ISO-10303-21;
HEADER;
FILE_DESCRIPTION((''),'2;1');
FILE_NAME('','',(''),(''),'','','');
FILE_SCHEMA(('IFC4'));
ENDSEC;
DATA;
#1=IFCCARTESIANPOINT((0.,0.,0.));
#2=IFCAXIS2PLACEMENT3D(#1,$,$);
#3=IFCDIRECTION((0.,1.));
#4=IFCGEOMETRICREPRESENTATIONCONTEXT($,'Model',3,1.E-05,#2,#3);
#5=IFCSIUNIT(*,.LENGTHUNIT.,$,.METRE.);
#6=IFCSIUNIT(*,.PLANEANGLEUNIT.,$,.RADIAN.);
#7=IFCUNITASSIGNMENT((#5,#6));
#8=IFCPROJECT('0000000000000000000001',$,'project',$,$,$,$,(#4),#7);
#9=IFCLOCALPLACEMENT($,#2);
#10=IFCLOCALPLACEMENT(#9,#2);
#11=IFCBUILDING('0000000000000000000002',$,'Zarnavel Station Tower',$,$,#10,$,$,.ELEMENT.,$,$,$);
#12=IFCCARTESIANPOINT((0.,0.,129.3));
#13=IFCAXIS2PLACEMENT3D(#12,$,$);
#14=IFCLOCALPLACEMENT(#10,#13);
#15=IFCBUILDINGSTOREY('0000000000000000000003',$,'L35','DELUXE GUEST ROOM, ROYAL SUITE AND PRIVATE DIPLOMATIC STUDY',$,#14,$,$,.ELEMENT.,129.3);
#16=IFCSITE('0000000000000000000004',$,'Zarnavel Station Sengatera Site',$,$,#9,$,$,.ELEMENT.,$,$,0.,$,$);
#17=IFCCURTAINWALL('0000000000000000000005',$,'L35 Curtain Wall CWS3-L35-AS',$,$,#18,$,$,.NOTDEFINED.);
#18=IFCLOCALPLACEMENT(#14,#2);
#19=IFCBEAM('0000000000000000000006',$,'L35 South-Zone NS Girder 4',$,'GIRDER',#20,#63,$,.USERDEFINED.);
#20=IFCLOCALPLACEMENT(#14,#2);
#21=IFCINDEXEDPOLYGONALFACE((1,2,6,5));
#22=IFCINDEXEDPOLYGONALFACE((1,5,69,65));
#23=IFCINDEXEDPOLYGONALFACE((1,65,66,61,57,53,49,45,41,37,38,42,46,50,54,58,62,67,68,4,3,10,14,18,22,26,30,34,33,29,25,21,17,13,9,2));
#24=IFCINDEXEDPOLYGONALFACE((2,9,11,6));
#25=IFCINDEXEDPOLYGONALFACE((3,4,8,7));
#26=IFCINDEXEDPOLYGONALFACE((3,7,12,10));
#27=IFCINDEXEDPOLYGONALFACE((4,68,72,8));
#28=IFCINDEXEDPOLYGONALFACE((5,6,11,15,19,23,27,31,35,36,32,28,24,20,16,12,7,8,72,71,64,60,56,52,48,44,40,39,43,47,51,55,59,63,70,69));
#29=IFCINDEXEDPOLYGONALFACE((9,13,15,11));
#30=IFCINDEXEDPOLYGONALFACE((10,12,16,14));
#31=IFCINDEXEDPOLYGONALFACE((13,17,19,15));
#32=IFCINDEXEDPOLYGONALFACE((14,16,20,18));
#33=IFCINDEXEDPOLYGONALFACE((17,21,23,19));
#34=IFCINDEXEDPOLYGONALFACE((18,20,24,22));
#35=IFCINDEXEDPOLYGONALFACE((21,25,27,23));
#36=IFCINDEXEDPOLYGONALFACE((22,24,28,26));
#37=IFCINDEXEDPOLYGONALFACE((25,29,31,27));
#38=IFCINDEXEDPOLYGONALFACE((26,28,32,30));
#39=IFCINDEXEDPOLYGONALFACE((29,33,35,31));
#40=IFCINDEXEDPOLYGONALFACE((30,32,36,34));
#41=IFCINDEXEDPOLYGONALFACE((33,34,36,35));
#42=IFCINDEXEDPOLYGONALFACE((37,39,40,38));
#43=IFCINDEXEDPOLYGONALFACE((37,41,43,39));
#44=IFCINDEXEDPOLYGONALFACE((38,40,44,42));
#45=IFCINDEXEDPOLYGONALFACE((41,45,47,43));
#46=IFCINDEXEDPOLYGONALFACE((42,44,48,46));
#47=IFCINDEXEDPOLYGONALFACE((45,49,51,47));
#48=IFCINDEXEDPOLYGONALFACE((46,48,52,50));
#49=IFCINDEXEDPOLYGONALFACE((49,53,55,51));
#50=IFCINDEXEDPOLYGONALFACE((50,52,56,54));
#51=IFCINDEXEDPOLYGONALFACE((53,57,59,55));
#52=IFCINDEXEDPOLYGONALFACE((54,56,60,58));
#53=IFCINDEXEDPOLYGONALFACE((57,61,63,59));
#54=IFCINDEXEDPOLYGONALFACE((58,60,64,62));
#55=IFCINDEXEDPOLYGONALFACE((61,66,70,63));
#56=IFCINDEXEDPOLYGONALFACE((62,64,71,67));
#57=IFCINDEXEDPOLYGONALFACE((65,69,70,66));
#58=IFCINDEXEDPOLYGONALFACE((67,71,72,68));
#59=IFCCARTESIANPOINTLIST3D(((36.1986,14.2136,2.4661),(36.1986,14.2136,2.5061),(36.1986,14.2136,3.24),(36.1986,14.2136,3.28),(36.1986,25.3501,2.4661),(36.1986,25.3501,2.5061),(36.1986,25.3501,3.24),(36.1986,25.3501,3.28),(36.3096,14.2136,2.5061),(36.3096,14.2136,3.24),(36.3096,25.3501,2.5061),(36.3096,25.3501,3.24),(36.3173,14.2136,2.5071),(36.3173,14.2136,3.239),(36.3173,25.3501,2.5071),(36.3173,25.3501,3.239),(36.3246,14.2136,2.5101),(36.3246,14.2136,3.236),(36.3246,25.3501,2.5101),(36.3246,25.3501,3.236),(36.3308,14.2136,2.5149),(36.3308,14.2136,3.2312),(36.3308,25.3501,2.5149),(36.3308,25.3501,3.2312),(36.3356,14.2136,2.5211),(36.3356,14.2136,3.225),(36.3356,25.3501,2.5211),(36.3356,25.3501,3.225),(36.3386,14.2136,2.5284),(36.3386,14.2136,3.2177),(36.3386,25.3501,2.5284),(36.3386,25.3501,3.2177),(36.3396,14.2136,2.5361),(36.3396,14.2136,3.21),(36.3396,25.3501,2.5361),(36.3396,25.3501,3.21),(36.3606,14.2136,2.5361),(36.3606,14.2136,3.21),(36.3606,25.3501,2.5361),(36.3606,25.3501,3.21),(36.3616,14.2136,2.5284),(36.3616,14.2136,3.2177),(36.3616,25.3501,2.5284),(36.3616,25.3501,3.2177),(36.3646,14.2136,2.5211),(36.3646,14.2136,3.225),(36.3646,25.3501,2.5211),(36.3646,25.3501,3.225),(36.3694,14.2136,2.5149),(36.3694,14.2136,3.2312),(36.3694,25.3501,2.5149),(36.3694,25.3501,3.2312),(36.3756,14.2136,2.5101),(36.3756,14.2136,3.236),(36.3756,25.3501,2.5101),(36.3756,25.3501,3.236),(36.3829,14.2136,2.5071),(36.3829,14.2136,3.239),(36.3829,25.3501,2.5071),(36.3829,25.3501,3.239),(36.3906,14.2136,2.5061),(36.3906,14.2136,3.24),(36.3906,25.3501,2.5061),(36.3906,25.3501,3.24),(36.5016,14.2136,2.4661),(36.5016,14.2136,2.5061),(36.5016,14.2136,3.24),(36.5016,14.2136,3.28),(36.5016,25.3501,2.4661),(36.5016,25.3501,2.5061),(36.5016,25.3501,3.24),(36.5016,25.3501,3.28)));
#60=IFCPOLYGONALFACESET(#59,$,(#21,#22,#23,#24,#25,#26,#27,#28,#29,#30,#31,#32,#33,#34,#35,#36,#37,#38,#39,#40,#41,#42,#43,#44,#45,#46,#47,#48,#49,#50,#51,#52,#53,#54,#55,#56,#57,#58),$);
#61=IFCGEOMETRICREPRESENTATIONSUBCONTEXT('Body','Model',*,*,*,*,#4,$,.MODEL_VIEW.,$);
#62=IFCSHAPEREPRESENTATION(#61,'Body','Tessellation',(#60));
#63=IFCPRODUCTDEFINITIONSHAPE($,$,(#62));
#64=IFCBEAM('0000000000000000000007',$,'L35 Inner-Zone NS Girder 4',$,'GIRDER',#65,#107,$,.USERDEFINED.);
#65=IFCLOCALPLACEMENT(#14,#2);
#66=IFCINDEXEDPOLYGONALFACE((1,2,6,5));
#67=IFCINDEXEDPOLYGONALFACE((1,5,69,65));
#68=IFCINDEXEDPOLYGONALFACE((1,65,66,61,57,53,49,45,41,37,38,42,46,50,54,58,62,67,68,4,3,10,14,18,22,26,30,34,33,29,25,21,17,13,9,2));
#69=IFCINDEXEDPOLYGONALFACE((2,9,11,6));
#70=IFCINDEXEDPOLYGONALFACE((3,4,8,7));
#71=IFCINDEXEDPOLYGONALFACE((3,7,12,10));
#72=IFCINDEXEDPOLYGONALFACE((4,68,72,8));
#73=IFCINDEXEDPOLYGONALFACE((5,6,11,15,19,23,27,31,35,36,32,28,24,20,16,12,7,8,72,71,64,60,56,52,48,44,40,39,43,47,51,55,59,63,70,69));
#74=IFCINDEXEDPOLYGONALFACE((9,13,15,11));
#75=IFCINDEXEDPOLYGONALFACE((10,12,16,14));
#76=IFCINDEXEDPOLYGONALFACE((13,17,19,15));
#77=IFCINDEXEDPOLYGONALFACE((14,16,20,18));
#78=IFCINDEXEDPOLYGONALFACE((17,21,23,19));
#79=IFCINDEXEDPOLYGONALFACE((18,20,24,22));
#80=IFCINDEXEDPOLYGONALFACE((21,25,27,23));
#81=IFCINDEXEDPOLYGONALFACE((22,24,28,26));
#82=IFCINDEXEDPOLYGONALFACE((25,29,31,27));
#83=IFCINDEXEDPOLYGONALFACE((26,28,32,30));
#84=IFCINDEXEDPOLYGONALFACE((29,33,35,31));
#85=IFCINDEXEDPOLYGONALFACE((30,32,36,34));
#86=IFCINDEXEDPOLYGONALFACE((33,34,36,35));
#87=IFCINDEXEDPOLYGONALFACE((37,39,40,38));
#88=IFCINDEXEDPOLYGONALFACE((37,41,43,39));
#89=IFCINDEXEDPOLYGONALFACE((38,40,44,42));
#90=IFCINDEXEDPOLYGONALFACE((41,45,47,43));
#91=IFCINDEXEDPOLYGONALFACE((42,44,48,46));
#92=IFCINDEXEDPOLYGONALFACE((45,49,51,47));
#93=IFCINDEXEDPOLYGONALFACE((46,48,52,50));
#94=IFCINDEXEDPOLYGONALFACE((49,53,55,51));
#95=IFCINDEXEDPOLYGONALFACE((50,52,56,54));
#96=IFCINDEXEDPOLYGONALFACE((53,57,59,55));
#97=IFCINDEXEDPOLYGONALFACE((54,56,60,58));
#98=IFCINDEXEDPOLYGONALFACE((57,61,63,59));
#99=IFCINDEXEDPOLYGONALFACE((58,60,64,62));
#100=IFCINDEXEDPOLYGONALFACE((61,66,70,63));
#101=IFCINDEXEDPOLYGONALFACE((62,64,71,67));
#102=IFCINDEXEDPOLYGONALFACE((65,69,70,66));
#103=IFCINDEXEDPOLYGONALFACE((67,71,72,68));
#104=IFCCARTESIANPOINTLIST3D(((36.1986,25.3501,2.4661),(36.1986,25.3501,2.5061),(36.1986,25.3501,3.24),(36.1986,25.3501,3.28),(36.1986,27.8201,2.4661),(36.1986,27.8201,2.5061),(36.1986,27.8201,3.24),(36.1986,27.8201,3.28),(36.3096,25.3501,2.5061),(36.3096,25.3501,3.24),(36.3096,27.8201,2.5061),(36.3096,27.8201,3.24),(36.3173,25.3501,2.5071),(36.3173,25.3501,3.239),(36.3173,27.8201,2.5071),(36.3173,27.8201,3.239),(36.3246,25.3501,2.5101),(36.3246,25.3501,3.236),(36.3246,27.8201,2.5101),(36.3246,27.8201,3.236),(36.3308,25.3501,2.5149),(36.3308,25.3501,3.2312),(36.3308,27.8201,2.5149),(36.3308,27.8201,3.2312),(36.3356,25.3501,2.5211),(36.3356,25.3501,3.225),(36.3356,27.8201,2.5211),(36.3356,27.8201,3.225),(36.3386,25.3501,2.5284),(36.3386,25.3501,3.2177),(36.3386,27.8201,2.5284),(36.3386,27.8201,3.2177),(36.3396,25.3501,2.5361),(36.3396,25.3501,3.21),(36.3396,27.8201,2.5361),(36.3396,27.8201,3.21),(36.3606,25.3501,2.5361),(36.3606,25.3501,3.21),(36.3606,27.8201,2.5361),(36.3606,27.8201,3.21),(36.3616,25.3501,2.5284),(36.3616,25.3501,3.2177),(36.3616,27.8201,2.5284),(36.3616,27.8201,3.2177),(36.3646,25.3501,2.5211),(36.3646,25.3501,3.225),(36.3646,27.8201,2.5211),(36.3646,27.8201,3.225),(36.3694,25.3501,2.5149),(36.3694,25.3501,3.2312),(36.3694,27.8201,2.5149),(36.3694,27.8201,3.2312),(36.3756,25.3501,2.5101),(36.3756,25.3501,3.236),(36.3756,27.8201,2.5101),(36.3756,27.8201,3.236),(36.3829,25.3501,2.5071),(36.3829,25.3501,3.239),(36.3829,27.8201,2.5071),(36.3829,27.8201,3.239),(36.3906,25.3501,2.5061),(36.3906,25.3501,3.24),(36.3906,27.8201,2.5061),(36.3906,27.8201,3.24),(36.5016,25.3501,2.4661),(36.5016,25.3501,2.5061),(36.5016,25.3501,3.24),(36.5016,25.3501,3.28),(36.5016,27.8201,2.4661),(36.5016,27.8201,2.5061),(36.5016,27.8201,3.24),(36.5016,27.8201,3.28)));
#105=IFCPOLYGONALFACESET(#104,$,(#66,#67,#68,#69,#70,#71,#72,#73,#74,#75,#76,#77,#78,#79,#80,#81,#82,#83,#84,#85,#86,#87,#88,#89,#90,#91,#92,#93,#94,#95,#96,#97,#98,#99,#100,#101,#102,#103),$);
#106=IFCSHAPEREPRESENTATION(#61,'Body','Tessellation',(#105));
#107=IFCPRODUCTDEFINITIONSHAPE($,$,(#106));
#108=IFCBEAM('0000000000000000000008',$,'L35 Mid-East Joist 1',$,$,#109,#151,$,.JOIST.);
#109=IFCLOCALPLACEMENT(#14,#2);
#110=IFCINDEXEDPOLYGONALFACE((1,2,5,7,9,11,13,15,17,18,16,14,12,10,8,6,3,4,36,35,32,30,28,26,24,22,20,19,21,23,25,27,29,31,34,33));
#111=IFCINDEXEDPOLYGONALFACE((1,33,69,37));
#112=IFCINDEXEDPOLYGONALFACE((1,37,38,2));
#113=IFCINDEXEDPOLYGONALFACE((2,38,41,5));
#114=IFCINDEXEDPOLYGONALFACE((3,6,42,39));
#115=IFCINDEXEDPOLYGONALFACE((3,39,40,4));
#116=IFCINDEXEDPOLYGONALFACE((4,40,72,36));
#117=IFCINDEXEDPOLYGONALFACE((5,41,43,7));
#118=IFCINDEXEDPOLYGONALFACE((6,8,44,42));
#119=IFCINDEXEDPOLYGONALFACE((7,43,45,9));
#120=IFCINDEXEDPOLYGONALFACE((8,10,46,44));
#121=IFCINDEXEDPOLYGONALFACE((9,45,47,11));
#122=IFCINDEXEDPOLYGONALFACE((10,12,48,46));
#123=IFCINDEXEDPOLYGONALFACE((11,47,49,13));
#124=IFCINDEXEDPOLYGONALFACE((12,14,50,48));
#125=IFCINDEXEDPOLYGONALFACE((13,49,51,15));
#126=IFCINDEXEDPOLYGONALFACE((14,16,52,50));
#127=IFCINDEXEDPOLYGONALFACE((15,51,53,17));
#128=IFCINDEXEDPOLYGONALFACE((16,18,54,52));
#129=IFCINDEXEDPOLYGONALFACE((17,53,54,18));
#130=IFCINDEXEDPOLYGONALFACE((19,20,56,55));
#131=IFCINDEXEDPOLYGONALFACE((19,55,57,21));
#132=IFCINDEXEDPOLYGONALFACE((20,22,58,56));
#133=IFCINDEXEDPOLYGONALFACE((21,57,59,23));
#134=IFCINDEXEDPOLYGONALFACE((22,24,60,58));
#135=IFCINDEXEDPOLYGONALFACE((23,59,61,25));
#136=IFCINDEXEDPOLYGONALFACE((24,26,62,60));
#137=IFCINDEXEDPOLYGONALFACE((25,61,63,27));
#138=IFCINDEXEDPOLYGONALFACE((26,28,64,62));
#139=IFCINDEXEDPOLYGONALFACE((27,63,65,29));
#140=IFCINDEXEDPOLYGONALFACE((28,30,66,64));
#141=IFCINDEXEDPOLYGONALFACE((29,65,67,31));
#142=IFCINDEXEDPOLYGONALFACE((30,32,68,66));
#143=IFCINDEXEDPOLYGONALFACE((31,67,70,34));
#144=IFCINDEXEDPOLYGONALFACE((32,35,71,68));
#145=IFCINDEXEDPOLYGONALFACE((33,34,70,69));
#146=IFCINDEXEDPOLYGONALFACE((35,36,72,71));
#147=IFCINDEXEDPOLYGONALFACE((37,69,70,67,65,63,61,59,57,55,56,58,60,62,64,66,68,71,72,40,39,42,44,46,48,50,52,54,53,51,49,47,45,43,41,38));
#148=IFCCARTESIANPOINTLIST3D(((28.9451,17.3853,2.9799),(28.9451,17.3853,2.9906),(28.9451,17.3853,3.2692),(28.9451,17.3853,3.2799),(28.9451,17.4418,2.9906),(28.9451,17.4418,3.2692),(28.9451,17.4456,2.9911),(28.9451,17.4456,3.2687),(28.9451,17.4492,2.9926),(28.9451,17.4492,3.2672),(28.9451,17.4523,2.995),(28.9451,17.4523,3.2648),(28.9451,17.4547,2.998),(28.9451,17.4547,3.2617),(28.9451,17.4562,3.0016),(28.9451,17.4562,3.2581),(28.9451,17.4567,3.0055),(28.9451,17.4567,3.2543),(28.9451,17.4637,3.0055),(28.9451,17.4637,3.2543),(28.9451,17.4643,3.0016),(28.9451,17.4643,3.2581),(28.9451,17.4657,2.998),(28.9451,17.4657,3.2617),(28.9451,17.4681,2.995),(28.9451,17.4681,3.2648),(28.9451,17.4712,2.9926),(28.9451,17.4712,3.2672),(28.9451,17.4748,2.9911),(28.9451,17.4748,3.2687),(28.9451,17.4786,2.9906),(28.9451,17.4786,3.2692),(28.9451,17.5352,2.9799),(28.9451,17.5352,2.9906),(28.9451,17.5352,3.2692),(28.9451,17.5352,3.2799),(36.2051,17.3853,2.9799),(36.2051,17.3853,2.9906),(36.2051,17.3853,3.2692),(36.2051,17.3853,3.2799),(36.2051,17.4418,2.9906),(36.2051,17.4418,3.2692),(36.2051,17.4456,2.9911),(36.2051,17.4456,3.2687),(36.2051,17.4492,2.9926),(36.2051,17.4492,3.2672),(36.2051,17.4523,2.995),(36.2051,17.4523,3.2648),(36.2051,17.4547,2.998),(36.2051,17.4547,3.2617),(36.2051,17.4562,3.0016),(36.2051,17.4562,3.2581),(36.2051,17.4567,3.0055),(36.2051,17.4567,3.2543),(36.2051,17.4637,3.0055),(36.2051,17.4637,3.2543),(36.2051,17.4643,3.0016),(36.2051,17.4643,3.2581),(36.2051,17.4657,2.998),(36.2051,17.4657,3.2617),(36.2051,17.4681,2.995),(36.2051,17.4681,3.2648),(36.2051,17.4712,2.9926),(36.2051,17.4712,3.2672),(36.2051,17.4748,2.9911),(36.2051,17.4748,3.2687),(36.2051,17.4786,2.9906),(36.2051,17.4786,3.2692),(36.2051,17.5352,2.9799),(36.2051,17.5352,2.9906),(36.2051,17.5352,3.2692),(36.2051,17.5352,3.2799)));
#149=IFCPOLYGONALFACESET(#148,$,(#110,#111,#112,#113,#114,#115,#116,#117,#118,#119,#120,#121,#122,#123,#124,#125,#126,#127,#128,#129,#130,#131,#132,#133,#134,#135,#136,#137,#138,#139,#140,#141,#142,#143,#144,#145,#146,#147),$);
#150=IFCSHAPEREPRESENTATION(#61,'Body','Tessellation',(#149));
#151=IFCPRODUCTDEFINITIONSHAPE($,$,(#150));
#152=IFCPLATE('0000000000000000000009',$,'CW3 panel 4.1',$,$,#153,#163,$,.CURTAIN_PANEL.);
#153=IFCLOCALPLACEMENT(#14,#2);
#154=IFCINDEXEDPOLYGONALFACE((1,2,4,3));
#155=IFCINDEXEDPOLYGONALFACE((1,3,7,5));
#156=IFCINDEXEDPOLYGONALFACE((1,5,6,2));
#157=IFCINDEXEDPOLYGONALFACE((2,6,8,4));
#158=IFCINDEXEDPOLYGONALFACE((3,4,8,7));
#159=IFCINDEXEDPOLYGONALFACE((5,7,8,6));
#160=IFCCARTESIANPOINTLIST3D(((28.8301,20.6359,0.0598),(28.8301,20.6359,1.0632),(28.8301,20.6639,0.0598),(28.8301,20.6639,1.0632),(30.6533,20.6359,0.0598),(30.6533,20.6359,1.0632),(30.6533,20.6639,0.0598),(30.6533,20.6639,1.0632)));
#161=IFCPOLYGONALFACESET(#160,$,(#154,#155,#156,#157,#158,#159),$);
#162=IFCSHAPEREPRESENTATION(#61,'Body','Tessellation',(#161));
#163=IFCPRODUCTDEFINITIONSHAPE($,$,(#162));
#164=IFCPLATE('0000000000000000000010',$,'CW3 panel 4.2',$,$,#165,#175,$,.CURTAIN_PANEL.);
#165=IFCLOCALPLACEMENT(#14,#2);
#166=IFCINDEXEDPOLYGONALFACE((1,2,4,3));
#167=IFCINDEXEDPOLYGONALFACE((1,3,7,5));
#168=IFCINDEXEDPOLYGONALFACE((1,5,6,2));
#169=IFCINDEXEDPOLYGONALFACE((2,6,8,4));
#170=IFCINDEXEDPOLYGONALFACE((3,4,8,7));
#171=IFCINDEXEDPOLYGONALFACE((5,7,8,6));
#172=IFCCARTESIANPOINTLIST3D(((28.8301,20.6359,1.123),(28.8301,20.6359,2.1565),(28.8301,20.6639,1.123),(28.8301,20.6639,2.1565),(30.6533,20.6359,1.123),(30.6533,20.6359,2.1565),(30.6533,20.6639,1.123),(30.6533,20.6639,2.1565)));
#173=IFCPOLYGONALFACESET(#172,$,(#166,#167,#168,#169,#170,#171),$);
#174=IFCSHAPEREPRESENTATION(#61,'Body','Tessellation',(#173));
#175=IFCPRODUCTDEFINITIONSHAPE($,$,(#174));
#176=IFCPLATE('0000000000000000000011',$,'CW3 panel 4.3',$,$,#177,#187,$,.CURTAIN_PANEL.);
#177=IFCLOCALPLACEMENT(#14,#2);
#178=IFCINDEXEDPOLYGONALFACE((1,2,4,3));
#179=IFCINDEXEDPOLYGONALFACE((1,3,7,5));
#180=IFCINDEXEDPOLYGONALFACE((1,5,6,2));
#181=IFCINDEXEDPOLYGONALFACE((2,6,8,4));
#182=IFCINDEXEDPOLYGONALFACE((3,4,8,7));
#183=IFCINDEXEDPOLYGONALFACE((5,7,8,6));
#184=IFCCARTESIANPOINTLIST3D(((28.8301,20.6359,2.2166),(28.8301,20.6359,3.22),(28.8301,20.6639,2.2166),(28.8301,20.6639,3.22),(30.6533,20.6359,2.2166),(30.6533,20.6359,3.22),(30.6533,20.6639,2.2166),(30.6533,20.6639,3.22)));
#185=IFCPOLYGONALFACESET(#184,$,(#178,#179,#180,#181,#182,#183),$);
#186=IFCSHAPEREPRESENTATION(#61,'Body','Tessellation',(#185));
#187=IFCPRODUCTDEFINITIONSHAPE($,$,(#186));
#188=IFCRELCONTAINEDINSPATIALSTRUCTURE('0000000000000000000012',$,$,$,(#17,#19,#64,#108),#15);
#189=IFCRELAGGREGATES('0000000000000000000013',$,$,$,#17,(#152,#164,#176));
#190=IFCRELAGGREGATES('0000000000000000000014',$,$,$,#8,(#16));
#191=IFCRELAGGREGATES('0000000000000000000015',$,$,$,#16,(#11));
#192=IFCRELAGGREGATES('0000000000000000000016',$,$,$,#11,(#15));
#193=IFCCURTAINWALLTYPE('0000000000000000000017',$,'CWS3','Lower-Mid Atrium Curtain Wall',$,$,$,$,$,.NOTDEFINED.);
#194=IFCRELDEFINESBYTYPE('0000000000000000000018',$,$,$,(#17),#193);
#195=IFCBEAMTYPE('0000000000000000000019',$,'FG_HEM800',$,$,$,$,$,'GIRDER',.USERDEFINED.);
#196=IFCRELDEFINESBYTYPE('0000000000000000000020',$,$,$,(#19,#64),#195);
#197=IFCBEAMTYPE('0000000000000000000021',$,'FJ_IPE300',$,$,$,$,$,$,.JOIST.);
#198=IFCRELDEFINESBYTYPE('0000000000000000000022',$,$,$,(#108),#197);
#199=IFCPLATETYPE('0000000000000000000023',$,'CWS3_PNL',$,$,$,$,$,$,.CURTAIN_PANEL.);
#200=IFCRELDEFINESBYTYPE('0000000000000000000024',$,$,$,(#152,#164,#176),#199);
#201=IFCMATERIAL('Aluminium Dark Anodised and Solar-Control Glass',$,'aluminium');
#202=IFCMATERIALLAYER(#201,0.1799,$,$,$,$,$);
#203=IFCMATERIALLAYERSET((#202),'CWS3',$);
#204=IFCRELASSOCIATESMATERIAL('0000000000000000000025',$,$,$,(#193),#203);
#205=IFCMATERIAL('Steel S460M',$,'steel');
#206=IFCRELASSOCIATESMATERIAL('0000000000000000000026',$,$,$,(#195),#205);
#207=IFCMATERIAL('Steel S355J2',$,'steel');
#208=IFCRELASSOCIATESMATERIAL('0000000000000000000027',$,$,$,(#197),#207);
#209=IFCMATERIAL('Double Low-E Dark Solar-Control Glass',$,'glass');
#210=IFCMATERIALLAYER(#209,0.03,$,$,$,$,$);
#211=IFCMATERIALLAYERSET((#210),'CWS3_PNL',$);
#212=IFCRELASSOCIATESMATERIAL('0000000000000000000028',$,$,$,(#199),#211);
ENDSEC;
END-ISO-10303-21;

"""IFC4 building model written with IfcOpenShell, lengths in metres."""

from ifc_helpers import new_model, si_unit, direction, frame, origin, origin_2d, place, context, subcontext, project, spatial, rectangle, i_section, extrude, material, layer, layer_set, material_profile, profile_set, type_object, element, aggregate, save


model = new_model("IFC4")

# Units and contexts
model_context = context("Model", 3, precision=1e-05, world=origin(), true_north=direction((0.0, 1.0)))
body_context = subcontext(model_context, "Body", "Model", "MODEL_VIEW")
ifc_project = project(units=[si_unit("LENGTHUNIT", "METRE"), si_unit("PLANEANGLEUNIT", "RADIAN")], contexts=[model_context])

# Site, building, storey
site_placement = place(None, origin())
site = spatial("IfcSite", under=ifc_project, at=site_placement, Name="Zarnavel Station Sengatera Site", CompositionType="ELEMENT", RefElevation=0.0)
building_placement = place(site_placement, origin())
building = spatial("IfcBuilding", under=site, at=building_placement, Name="Zarnavel Station Tower", CompositionType="ELEMENT")
storey_placement = place(building_placement, frame((0.0, 0.0, 129.3)))
storey = spatial("IfcBuildingStorey", under=building, at=storey_placement, Name="L35", Description="DELUXE GUEST ROOM, ROYAL SUITE AND PRIVATE DIPLOMATIC STUDY", CompositionType="ELEMENT", Elevation=129.3)

# Curtain wall
ifc_material_1 = material(Name="Aluminium Dark Anodised and Solar-Control Glass", Category="aluminium")
ifc_layer_1 = layer(ifc_material_1, 0.1799)
ifc_layer_set_1 = layer_set([ifc_layer_1], Name="CWS3")
curtain_wall_type = type_object("IfcCurtainWallType", Name="CWS3", Description="Lower-Mid Atrium Curtain Wall", PredefinedType="NOTDEFINED", material=ifc_layer_set_1)
curtain_wall_placement = place(storey_placement, origin())
curtain_wall = element("IfcCurtainWall", 1, at=curtain_wall_placement, inside=storey, type_object=curtain_wall_type, Name="L35 Curtain Wall CWS3-L35-AS", PredefinedType="NOTDEFINED")

# Beams
ifc_material_2 = material(Name="Steel S460M", Category="steel")
ifc_material_profile_1 = material_profile(ifc_material_2, i_section(OverallWidth=0.303, OverallDepth=0.814, WebThickness=0.021, FlangeThickness=0.04, FilletRadius=0.03, at=origin_2d()), Name="HEM800")
ifc_profile_set_1 = profile_set([ifc_material_profile_1], Name="Steel S460M")
beam_type_1 = type_object("IfcBeamType", Name="FG_HEM800", ElementType="GIRDER", PredefinedType="USERDEFINED", material=ifc_profile_set_1)
beam_1_placement = place(storey_placement, frame((36.3501, 14.2136, 2.873), z_axis=(0.0, 1.0, 0.0), x_axis=(-1.0, 0.0, 0.0)))
element("IfcBeam", 2, at=beam_1_placement, inside=storey, type_object=beam_type_1, Name="L35 South-Zone NS Girder 4", ObjectType="GIRDER", PredefinedType="USERDEFINED", context=body_context, shape_type="SweptSolid", body=[
    extrude(i_section(OverallWidth=0.303, OverallDepth=0.814, WebThickness=0.021, FlangeThickness=0.04, FilletRadius=0.03, at=origin_2d()), origin(), (0.0, 0.0, 1.0), 11.1365),
])
beam_2_placement = place(storey_placement, frame((36.3501, 25.3501, 2.873), z_axis=(0.0, 1.0, 0.0), x_axis=(-1.0, 0.0, 0.0)))
element("IfcBeam", 3, at=beam_2_placement, inside=storey, type_object=beam_type_1, Name="L35 Inner-Zone NS Girder 4", ObjectType="GIRDER", PredefinedType="USERDEFINED", context=body_context, shape_type="SweptSolid", body=[
    extrude(i_section(OverallWidth=0.303, OverallDepth=0.814, WebThickness=0.021, FlangeThickness=0.04, FilletRadius=0.03, at=origin_2d()), origin(), (0.0, 0.0, 1.0), 2.47),
])
ifc_material_3 = material(Name="Steel S355J2", Category="steel")
ifc_material_profile_2 = material_profile(ifc_material_3, i_section(OverallWidth=0.1499, OverallDepth=0.3, WebThickness=0.0071, FlangeThickness=0.0107, FilletRadius=0.0149, at=origin_2d()), Name="IPE300")
ifc_profile_set_2 = profile_set([ifc_material_profile_2], Name="Steel S355J2")
beam_type_2 = type_object("IfcBeamType", Name="FJ_IPE300", PredefinedType="JOIST", material=ifc_profile_set_2)
beam_3_placement = place(storey_placement, frame((28.9451, 17.4602, 3.1299), z_axis=(1.0, 0.0, 0.0), x_axis=(0.0, 1.0, 0.0)))
element("IfcBeam", 4, at=beam_3_placement, inside=storey, type_object=beam_type_2, Name="L35 Mid-East Joist 1", PredefinedType="JOIST", context=body_context, shape_type="SweptSolid", body=[
    extrude(i_section(OverallWidth=0.1499, OverallDepth=0.3, WebThickness=0.0071, FlangeThickness=0.0107, FilletRadius=0.0149, at=origin_2d()), origin(), (0.0, 0.0, 1.0), 7.26),
])

# Plates
ifc_material_4 = material(Name="Double Low-E Dark Solar-Control Glass", Category="glass")
ifc_layer_2 = layer(ifc_material_4, 0.03)
ifc_layer_set_2 = layer_set([ifc_layer_2], Name="CWS3_PNL")
plate_type_1 = type_object("IfcPlateType", Name="CWS3_PNL", PredefinedType="CURTAIN_PANEL", material=ifc_layer_set_2)
plate_1_placement = place(storey_placement, frame((29.7417, 20.6499, 0.0598), z_axis=(0.0, 0.0, 1.0), x_axis=(1.0, 0.0, 0.0)))
plate_1 = element("IfcPlate", 5, at=plate_1_placement, type_object=plate_type_1, Name="CW3 panel 4.1", PredefinedType="CURTAIN_PANEL", context=body_context, shape_type="SweptSolid", body=[
    extrude(rectangle(XDim=1.8232, YDim=0.0281, at=origin_2d()), origin(), (0.0, 0.0, 1.0), 1.0034),
])
plate_2_placement = place(storey_placement, frame((29.7417, 20.6499, 1.123), z_axis=(0.0, 0.0, 1.0), x_axis=(1.0, 0.0, 0.0)))
plate_2 = element("IfcPlate", 6, at=plate_2_placement, type_object=plate_type_1, Name="CW3 panel 4.2", PredefinedType="CURTAIN_PANEL", context=body_context, shape_type="SweptSolid", body=[
    extrude(rectangle(XDim=1.8232, YDim=0.0281, at=origin_2d()), origin(), (0.0, 0.0, 1.0), 1.0334),
])
plate_3_placement = place(storey_placement, frame((29.7417, 20.6499, 2.2166), z_axis=(0.0, 0.0, 1.0), x_axis=(1.0, 0.0, 0.0)))
plate_3 = element("IfcPlate", 7, at=plate_3_placement, type_object=plate_type_1, Name="CW3 panel 4.3", PredefinedType="CURTAIN_PANEL", context=body_context, shape_type="SweptSolid", body=[
    extrude(rectangle(XDim=1.8232, YDim=0.0281, at=origin_2d()), origin(), (0.0, 0.0, 1.0), 1.0034),
])
aggregate(curtain_wall, [plate_1, plate_2, plate_3])

save(model, "model.ifc")
